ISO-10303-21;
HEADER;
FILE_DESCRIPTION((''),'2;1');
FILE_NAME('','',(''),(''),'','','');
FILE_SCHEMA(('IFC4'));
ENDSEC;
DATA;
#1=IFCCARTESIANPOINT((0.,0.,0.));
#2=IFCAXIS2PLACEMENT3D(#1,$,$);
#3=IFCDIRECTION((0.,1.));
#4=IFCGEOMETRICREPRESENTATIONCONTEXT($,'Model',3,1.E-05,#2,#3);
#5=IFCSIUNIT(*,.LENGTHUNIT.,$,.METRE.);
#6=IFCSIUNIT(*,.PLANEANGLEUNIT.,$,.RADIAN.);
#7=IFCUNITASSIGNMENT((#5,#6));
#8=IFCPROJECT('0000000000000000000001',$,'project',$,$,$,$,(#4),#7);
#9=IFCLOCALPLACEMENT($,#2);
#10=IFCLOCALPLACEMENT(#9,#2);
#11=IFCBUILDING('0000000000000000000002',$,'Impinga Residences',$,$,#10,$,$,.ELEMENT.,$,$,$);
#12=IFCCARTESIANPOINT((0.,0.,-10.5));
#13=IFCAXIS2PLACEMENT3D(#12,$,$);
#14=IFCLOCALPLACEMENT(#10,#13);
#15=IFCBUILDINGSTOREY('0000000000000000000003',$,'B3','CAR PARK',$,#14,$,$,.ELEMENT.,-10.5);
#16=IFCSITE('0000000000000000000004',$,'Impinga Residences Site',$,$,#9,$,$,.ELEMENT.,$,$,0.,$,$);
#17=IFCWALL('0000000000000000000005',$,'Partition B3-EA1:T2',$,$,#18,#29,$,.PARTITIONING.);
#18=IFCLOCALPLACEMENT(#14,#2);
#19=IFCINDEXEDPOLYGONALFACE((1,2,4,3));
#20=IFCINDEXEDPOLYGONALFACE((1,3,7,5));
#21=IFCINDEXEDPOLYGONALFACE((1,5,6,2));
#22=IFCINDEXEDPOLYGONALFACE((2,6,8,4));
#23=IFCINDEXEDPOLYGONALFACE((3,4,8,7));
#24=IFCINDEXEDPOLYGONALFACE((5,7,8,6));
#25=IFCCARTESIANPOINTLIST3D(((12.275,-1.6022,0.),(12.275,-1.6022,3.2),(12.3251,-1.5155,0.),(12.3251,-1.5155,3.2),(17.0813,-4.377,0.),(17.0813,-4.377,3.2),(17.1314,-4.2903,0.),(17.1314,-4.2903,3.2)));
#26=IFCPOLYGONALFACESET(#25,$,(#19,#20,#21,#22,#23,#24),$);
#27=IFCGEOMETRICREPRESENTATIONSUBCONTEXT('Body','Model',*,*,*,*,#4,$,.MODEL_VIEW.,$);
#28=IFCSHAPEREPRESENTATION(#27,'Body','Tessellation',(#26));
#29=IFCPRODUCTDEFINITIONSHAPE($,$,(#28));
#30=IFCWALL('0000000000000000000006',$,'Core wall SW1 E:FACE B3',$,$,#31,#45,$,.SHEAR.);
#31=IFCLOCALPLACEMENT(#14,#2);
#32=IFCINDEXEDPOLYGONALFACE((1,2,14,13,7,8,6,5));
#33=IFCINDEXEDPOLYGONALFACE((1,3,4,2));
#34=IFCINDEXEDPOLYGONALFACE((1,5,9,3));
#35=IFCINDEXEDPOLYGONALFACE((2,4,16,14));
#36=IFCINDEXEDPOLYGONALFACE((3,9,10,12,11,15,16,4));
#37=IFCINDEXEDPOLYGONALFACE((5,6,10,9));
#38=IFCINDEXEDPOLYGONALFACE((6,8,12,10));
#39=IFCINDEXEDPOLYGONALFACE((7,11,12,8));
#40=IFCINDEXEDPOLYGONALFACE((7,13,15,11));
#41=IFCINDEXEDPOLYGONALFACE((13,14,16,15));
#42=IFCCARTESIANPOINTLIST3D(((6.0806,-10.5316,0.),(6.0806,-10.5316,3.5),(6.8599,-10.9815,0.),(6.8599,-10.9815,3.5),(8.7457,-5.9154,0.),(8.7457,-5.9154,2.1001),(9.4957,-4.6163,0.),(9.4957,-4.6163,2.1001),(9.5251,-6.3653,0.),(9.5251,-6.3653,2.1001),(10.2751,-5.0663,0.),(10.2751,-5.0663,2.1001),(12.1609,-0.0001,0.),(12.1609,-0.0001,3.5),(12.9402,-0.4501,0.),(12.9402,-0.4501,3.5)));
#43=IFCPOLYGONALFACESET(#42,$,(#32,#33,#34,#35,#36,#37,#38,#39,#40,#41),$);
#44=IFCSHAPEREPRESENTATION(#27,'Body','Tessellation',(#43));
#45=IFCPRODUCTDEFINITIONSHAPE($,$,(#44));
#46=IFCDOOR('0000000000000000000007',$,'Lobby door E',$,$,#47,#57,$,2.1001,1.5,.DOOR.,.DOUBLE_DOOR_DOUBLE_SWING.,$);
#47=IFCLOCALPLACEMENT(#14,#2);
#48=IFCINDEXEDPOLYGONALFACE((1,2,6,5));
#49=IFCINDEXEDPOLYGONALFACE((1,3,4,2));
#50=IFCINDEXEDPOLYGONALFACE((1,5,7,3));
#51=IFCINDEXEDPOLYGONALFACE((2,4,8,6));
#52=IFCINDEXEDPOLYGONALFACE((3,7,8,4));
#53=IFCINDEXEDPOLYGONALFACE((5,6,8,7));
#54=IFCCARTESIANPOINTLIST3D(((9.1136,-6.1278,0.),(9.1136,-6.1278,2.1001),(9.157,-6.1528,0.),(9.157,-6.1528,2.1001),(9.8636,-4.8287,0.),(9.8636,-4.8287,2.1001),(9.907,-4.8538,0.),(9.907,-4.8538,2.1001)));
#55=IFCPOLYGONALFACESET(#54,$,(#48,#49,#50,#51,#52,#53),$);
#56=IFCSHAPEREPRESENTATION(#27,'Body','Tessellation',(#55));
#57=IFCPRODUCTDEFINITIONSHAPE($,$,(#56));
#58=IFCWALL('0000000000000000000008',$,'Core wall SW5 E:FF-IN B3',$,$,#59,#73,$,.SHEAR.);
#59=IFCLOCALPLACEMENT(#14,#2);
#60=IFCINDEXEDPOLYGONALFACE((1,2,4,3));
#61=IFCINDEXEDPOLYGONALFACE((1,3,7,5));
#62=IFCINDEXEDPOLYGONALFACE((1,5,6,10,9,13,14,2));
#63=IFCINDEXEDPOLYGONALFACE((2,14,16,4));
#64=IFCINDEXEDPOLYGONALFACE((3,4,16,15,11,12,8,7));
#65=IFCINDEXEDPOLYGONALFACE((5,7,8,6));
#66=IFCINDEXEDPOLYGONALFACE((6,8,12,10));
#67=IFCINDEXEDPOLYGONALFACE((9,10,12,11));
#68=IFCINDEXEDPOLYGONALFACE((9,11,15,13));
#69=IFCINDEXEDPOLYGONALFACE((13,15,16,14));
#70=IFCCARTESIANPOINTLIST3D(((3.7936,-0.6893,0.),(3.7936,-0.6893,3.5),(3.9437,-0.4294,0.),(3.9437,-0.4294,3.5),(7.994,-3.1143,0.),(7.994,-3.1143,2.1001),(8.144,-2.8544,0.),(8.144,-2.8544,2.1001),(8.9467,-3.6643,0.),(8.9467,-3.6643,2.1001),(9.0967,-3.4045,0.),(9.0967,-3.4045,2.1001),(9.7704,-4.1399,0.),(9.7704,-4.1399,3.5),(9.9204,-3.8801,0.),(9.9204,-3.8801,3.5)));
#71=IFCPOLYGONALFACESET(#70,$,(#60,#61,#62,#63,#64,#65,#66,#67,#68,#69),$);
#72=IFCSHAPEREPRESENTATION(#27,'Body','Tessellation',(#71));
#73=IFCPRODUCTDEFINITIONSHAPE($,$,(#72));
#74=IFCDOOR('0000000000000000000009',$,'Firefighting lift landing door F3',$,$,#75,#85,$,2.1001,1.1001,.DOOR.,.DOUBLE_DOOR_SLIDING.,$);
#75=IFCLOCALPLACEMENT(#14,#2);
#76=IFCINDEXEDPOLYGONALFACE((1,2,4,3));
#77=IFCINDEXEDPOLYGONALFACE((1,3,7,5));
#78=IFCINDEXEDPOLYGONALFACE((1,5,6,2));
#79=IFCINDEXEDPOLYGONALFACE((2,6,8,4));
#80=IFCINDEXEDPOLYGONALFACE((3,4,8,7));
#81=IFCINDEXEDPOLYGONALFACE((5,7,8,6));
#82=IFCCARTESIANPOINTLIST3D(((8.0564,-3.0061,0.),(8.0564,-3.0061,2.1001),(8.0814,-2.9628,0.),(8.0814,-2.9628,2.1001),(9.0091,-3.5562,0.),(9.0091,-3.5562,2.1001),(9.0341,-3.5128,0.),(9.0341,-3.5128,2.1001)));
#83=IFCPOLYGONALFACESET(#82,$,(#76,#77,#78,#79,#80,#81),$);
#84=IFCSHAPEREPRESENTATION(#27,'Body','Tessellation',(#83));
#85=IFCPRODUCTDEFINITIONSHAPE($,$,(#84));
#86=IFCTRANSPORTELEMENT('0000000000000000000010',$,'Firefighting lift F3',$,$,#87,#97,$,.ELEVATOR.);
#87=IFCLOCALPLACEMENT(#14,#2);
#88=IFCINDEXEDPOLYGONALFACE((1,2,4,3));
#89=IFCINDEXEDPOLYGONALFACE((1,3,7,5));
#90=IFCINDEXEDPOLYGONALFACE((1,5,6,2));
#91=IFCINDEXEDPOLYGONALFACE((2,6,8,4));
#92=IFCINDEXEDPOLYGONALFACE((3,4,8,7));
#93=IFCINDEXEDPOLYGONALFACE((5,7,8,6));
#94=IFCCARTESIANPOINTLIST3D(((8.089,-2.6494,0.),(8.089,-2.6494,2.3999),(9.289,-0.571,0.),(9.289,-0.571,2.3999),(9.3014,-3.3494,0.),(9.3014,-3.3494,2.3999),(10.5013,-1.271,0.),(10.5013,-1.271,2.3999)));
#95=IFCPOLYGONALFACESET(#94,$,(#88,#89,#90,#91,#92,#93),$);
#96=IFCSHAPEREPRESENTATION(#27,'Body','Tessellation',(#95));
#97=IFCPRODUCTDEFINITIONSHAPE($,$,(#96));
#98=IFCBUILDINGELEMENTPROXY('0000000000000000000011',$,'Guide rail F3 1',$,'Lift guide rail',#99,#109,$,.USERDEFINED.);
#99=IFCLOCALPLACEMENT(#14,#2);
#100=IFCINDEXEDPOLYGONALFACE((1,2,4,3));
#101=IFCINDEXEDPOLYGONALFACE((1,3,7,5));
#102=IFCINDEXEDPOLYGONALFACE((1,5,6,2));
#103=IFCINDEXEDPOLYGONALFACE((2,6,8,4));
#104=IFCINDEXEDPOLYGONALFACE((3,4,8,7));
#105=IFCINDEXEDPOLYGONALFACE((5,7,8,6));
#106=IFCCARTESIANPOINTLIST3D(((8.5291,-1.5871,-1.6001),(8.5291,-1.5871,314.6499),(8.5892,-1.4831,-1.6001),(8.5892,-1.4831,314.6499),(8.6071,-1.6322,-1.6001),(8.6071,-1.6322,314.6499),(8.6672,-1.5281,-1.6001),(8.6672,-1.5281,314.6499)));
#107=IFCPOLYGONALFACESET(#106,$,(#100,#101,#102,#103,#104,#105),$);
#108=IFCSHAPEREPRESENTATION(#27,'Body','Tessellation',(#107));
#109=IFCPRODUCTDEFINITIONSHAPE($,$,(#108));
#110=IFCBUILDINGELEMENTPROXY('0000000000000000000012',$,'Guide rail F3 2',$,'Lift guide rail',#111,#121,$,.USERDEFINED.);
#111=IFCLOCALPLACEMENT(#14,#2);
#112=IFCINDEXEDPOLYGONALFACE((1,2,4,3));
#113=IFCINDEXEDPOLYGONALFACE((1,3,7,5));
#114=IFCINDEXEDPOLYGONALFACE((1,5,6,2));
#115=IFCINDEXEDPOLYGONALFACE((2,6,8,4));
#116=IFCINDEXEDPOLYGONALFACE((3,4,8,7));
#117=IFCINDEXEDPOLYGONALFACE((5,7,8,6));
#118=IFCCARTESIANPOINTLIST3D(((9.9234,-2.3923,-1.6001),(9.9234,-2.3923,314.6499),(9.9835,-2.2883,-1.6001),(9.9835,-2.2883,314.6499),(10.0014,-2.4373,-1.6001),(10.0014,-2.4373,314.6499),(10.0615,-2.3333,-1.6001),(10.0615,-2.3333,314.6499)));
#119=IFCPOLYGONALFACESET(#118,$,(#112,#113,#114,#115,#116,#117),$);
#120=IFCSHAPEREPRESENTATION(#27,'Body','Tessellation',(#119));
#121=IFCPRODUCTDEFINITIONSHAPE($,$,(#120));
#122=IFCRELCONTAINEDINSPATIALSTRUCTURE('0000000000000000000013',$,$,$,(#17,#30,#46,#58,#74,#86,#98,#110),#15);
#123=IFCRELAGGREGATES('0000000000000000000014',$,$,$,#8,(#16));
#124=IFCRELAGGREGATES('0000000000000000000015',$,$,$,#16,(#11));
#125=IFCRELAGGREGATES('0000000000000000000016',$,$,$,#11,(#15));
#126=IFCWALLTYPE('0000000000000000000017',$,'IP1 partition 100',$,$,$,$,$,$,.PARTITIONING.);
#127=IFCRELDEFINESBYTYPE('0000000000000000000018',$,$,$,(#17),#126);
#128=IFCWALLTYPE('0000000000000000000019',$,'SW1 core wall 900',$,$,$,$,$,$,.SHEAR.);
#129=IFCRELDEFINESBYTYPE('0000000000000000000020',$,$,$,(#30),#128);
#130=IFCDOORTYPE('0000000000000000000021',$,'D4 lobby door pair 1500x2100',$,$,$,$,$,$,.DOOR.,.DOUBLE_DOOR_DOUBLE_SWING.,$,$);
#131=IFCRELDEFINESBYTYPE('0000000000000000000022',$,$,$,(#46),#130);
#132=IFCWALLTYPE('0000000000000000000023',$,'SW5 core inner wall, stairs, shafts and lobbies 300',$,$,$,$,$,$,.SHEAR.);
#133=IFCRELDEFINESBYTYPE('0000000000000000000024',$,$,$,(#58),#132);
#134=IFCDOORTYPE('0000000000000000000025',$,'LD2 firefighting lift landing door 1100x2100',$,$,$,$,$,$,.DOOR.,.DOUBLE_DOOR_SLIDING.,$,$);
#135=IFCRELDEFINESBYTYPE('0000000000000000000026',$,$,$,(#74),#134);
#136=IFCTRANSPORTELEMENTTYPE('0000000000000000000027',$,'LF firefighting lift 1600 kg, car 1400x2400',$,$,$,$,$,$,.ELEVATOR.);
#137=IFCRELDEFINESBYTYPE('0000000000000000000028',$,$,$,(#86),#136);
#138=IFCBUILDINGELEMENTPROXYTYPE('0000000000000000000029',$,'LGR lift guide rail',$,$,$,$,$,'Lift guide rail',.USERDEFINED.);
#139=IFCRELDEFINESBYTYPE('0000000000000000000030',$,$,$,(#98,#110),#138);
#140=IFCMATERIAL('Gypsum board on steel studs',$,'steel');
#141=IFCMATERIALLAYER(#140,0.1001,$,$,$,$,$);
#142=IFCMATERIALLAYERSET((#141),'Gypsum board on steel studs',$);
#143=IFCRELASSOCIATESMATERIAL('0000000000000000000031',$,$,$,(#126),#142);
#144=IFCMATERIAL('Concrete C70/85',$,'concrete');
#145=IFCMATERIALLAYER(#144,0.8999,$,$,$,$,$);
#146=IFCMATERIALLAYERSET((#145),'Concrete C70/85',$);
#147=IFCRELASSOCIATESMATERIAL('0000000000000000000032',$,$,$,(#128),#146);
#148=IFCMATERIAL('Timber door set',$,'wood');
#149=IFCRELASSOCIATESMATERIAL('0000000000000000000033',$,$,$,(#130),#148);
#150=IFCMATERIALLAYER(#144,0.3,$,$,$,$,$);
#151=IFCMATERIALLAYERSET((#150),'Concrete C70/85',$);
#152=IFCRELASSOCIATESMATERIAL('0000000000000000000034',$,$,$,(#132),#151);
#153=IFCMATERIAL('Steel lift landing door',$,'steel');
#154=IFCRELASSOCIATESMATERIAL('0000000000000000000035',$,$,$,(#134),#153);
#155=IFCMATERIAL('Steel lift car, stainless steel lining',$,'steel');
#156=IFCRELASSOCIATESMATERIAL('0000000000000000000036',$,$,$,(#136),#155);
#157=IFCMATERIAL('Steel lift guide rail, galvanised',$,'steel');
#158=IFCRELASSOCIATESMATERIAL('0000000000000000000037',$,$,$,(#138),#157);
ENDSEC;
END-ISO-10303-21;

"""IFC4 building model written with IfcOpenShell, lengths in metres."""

from ifc_helpers import new_model, si_unit, direction, frame, frame_2d, origin, origin_2d, place, context, subcontext, project, spatial, rectangle, extrude, material, layer, layer_set, type_object, element, fill, save


model = new_model("IFC4")

# Units and contexts
model_context = context("Model", 3, precision=1e-05, world=origin(), true_north=direction((0.0, 1.0)))
body_context = subcontext(model_context, "Body", "Model", "MODEL_VIEW")
ifc_project = project(units=[si_unit("LENGTHUNIT", "METRE"), si_unit("PLANEANGLEUNIT", "RADIAN")], contexts=[model_context])

# Site, building, storey
site_placement = place(None, origin())
site = spatial("IfcSite", under=ifc_project, at=site_placement, Name="Impinga Residences Site", CompositionType="ELEMENT", RefElevation=0.0)
building_placement = place(site_placement, origin())
building = spatial("IfcBuilding", under=site, at=building_placement, Name="Impinga Residences", CompositionType="ELEMENT")
storey_placement = place(building_placement, frame((0.0, 0.0, -10.5)))
storey = spatial("IfcBuildingStorey", under=building, at=storey_placement, Name="B3", Description="CAR PARK", CompositionType="ELEMENT", Elevation=-10.5)

# Shared definitions
ifc_material_1 = material(Name="Gypsum board on steel studs", Category="steel")
ifc_layer_1 = layer(ifc_material_1, 0.1001)
ifc_layer_set_1 = layer_set([ifc_layer_1], Name="Gypsum board on steel studs")
wall_type_1 = type_object("IfcWallType", Name="IP1 partition 100", PredefinedType="PARTITIONING", material=ifc_layer_set_1)
ifc_material_2 = material(Name="Timber door set", Category="wood")

# Wall
wall_1_placement = place(storey_placement, frame((12.3, -1.5588, 0.0), z_axis=(0.0, 0.0, 1.0), x_axis=(0.866031, -0.49999, 0.0)))
element("IfcWall", 1, at=wall_1_placement, inside=storey, type_object=wall_type_1, Name="Partition B3-EA1:T2", PredefinedType="PARTITIONING", context=body_context, shape_type="SweptSolid", body=[
    extrude(rectangle(XDim=5.5498, YDim=0.1001, at=frame_2d((2.7749, 0.0))), origin(), (0.0, 0.0, 1.0), 3.2),
])

# Walls, openings, doors
ifc_material_3 = material(Name="Concrete C70/85", Category="concrete")
ifc_layer_2 = layer(ifc_material_3, 0.8999)
ifc_layer_set_2 = layer_set([ifc_layer_2], Name="Concrete C70/85")
wall_type_2 = type_object("IfcWallType", Name="SW1 core wall 900", PredefinedType="SHEAR", material=ifc_layer_set_2)
wall_2_placement = place(storey_placement, frame((12.5505, -0.2251, 0.0), z_axis=(0.0, 0.0, 1.0), x_axis=(-0.499998, -0.866027, 0.0)))
wall_2 = element("IfcWall", 2, at=wall_2_placement, inside=storey, type_object=wall_type_2, Name="Core wall SW1 E:FACE B3", PredefinedType="SHEAR", context=body_context, shape_type="SweptSolid", body=[
    extrude(rectangle(XDim=12.1606, YDim=0.8999, at=frame_2d((6.0803, 0.0))), origin(), (0.0, 0.0, 1.0), 3.5),
])
opening_1_placement = place(wall_2_placement, frame((5.3303, 0.0, 0.0)))
opening_1 = element("IfcOpeningElement", 3, at=opening_1_placement, cuts=wall_2, PredefinedType="OPENING", context=body_context, shape_type="SweptSolid", body=[
    extrude(rectangle(XDim=1.5, YDim=2.1001, at=frame_2d((0.75, 1.05))), frame((0.0, 0.46, 0.0), z_axis=(0.0, -1.0, 0.0), x_axis=(1.0, 0.0, 0.0)), (0.0, 0.0, 1.0), 0.9199),
])
door_type_1 = type_object("IfcDoorType", Name="D4 lobby door pair 1500x2100", OperationType="DOUBLE_DOOR_DOUBLE_SWING", PredefinedType="DOOR", material=ifc_material_2)
door_1_placement = place(opening_1_placement, origin())
door_1 = element("IfcDoor", 4, at=door_1_placement, inside=storey, type_object=door_type_1, Name="Lobby door E", OperationType="DOUBLE_DOOR_DOUBLE_SWING", OverallHeight=2.1001, OverallWidth=1.5, PredefinedType="DOOR", context=body_context, shape_type="SweptSolid", body=[
    extrude(rectangle(XDim=1.5, YDim=2.1001, at=frame_2d((0.75, 1.05))), frame((0.0, 0.0249, 0.0), z_axis=(0.0, -1.0, 0.0), x_axis=(1.0, 0.0, 0.0)), (0.0, 0.0, 1.0), 0.05),
])
fill(opening_1, door_1)
ifc_layer_3 = layer(ifc_material_3, 0.3)
ifc_layer_set_3 = layer_set([ifc_layer_3], Name="Concrete C70/85")
wall_type_3 = type_object("IfcWallType", Name="SW5 core inner wall, stairs, shafts and lobbies 300", PredefinedType="SHEAR", material=ifc_layer_set_3)
wall_3_placement = place(storey_placement, frame((3.8687, -0.5593, 0.0), z_axis=(0.0, 0.0, 1.0), x_axis=(0.866027, -0.499997, 0.0)))
wall_3 = element("IfcWall", 5, at=wall_3_placement, inside=storey, type_object=wall_type_3, Name="Core wall SW5 E:FF-IN B3", PredefinedType="SHEAR", context=body_context, shape_type="SweptSolid", body=[
    extrude(rectangle(XDim=6.9014, YDim=0.3, at=frame_2d((3.4507, 0.0))), origin(), (0.0, 0.0, 1.0), 3.5),
])
opening_2_placement = place(wall_3_placement, frame((4.8501, 0.0, 0.0)))
opening_2 = element("IfcOpeningElement", 6, at=opening_2_placement, cuts=wall_3, PredefinedType="OPENING", context=body_context, shape_type="SweptSolid", body=[
    extrude(rectangle(XDim=1.1001, YDim=2.1001, at=frame_2d((0.55, 1.05))), frame((0.0, 0.1599, 0.0), z_axis=(0.0, -1.0, 0.0), x_axis=(1.0, 0.0, 0.0)), (0.0, 0.0, 1.0), 0.3201),
])
ifc_material_4 = material(Name="Steel lift landing door", Category="steel")
door_type_2 = type_object("IfcDoorType", Name="LD2 firefighting lift landing door 1100x2100", OperationType="DOUBLE_DOOR_SLIDING", PredefinedType="DOOR", material=ifc_material_4)
door_2_placement = place(opening_2_placement, origin())
door_2 = element("IfcDoor", 7, at=door_2_placement, inside=storey, type_object=door_type_2, Name="Firefighting lift landing door F3", OperationType="DOUBLE_DOOR_SLIDING", OverallHeight=2.1001, OverallWidth=1.1001, PredefinedType="DOOR", context=body_context, shape_type="SweptSolid", body=[
    extrude(rectangle(XDim=1.1001, YDim=2.1001, at=frame_2d((0.55, 1.05))), frame((0.0, 0.0249, 0.0), z_axis=(0.0, -1.0, 0.0), x_axis=(1.0, 0.0, 0.0)), (0.0, 0.0, 1.0), 0.05),
])
fill(opening_2, door_2)

# Transport element
ifc_material_5 = material(Name="Steel lift car, stainless steel lining", Category="steel")
transport_element_type = type_object("IfcTransportElementType", Name="LF firefighting lift 1600 kg, car 1400x2400", PredefinedType="ELEVATOR", material=ifc_material_5)
transport_element_placement = place(storey_placement, frame((9.2952, -1.9602, 0.0), z_axis=(0.0, 0.0, 1.0), x_axis=(0.866025, -0.5, 0.0)))
element("IfcTransportElement", 8, at=transport_element_placement, inside=storey, type_object=transport_element_type, Name="Firefighting lift F3", PredefinedType="ELEVATOR", context=body_context, shape_type="SweptSolid", body=[
    extrude(rectangle(XDim=1.3999, YDim=2.3999, at=origin_2d()), origin(), (0.0, 0.0, 1.0), 2.3999),
])

# Building element proxies
ifc_material_6 = material(Name="Steel lift guide rail, galvanised", Category="steel")
building_element_proxy_type = type_object("IfcBuildingElementProxyType", Name="LGR lift guide rail", ElementType="Lift guide rail", PredefinedType="USERDEFINED", material=ifc_material_6)
for number, where, z_axis, x_axis, name in (
    (9, (8.5981, -1.5576, -1.6001), (0.0, 0.0, 1.0), (0.866025, -0.5, 0.0), "Guide rail F3 1"),
    (10, (9.9924, -2.3628, -1.6001), (0.0, 0.0, 1.0), (0.866025, -0.5, 0.0), "Guide rail F3 2"),
):
    element("IfcBuildingElementProxy", number, at=place(storey_placement, frame(where, z_axis=z_axis, x_axis=x_axis)), inside=storey, type_object=building_element_proxy_type, Name=name, ObjectType="Lift guide rail", PredefinedType="USERDEFINED", context=body_context, shape_type="SweptSolid", body=[
        extrude(rectangle(XDim=0.0901, YDim=0.1201, at=origin_2d()), origin(), (0.0, 0.0, 1.0), 316.25),
    ])

save(model, "model.ifc")
